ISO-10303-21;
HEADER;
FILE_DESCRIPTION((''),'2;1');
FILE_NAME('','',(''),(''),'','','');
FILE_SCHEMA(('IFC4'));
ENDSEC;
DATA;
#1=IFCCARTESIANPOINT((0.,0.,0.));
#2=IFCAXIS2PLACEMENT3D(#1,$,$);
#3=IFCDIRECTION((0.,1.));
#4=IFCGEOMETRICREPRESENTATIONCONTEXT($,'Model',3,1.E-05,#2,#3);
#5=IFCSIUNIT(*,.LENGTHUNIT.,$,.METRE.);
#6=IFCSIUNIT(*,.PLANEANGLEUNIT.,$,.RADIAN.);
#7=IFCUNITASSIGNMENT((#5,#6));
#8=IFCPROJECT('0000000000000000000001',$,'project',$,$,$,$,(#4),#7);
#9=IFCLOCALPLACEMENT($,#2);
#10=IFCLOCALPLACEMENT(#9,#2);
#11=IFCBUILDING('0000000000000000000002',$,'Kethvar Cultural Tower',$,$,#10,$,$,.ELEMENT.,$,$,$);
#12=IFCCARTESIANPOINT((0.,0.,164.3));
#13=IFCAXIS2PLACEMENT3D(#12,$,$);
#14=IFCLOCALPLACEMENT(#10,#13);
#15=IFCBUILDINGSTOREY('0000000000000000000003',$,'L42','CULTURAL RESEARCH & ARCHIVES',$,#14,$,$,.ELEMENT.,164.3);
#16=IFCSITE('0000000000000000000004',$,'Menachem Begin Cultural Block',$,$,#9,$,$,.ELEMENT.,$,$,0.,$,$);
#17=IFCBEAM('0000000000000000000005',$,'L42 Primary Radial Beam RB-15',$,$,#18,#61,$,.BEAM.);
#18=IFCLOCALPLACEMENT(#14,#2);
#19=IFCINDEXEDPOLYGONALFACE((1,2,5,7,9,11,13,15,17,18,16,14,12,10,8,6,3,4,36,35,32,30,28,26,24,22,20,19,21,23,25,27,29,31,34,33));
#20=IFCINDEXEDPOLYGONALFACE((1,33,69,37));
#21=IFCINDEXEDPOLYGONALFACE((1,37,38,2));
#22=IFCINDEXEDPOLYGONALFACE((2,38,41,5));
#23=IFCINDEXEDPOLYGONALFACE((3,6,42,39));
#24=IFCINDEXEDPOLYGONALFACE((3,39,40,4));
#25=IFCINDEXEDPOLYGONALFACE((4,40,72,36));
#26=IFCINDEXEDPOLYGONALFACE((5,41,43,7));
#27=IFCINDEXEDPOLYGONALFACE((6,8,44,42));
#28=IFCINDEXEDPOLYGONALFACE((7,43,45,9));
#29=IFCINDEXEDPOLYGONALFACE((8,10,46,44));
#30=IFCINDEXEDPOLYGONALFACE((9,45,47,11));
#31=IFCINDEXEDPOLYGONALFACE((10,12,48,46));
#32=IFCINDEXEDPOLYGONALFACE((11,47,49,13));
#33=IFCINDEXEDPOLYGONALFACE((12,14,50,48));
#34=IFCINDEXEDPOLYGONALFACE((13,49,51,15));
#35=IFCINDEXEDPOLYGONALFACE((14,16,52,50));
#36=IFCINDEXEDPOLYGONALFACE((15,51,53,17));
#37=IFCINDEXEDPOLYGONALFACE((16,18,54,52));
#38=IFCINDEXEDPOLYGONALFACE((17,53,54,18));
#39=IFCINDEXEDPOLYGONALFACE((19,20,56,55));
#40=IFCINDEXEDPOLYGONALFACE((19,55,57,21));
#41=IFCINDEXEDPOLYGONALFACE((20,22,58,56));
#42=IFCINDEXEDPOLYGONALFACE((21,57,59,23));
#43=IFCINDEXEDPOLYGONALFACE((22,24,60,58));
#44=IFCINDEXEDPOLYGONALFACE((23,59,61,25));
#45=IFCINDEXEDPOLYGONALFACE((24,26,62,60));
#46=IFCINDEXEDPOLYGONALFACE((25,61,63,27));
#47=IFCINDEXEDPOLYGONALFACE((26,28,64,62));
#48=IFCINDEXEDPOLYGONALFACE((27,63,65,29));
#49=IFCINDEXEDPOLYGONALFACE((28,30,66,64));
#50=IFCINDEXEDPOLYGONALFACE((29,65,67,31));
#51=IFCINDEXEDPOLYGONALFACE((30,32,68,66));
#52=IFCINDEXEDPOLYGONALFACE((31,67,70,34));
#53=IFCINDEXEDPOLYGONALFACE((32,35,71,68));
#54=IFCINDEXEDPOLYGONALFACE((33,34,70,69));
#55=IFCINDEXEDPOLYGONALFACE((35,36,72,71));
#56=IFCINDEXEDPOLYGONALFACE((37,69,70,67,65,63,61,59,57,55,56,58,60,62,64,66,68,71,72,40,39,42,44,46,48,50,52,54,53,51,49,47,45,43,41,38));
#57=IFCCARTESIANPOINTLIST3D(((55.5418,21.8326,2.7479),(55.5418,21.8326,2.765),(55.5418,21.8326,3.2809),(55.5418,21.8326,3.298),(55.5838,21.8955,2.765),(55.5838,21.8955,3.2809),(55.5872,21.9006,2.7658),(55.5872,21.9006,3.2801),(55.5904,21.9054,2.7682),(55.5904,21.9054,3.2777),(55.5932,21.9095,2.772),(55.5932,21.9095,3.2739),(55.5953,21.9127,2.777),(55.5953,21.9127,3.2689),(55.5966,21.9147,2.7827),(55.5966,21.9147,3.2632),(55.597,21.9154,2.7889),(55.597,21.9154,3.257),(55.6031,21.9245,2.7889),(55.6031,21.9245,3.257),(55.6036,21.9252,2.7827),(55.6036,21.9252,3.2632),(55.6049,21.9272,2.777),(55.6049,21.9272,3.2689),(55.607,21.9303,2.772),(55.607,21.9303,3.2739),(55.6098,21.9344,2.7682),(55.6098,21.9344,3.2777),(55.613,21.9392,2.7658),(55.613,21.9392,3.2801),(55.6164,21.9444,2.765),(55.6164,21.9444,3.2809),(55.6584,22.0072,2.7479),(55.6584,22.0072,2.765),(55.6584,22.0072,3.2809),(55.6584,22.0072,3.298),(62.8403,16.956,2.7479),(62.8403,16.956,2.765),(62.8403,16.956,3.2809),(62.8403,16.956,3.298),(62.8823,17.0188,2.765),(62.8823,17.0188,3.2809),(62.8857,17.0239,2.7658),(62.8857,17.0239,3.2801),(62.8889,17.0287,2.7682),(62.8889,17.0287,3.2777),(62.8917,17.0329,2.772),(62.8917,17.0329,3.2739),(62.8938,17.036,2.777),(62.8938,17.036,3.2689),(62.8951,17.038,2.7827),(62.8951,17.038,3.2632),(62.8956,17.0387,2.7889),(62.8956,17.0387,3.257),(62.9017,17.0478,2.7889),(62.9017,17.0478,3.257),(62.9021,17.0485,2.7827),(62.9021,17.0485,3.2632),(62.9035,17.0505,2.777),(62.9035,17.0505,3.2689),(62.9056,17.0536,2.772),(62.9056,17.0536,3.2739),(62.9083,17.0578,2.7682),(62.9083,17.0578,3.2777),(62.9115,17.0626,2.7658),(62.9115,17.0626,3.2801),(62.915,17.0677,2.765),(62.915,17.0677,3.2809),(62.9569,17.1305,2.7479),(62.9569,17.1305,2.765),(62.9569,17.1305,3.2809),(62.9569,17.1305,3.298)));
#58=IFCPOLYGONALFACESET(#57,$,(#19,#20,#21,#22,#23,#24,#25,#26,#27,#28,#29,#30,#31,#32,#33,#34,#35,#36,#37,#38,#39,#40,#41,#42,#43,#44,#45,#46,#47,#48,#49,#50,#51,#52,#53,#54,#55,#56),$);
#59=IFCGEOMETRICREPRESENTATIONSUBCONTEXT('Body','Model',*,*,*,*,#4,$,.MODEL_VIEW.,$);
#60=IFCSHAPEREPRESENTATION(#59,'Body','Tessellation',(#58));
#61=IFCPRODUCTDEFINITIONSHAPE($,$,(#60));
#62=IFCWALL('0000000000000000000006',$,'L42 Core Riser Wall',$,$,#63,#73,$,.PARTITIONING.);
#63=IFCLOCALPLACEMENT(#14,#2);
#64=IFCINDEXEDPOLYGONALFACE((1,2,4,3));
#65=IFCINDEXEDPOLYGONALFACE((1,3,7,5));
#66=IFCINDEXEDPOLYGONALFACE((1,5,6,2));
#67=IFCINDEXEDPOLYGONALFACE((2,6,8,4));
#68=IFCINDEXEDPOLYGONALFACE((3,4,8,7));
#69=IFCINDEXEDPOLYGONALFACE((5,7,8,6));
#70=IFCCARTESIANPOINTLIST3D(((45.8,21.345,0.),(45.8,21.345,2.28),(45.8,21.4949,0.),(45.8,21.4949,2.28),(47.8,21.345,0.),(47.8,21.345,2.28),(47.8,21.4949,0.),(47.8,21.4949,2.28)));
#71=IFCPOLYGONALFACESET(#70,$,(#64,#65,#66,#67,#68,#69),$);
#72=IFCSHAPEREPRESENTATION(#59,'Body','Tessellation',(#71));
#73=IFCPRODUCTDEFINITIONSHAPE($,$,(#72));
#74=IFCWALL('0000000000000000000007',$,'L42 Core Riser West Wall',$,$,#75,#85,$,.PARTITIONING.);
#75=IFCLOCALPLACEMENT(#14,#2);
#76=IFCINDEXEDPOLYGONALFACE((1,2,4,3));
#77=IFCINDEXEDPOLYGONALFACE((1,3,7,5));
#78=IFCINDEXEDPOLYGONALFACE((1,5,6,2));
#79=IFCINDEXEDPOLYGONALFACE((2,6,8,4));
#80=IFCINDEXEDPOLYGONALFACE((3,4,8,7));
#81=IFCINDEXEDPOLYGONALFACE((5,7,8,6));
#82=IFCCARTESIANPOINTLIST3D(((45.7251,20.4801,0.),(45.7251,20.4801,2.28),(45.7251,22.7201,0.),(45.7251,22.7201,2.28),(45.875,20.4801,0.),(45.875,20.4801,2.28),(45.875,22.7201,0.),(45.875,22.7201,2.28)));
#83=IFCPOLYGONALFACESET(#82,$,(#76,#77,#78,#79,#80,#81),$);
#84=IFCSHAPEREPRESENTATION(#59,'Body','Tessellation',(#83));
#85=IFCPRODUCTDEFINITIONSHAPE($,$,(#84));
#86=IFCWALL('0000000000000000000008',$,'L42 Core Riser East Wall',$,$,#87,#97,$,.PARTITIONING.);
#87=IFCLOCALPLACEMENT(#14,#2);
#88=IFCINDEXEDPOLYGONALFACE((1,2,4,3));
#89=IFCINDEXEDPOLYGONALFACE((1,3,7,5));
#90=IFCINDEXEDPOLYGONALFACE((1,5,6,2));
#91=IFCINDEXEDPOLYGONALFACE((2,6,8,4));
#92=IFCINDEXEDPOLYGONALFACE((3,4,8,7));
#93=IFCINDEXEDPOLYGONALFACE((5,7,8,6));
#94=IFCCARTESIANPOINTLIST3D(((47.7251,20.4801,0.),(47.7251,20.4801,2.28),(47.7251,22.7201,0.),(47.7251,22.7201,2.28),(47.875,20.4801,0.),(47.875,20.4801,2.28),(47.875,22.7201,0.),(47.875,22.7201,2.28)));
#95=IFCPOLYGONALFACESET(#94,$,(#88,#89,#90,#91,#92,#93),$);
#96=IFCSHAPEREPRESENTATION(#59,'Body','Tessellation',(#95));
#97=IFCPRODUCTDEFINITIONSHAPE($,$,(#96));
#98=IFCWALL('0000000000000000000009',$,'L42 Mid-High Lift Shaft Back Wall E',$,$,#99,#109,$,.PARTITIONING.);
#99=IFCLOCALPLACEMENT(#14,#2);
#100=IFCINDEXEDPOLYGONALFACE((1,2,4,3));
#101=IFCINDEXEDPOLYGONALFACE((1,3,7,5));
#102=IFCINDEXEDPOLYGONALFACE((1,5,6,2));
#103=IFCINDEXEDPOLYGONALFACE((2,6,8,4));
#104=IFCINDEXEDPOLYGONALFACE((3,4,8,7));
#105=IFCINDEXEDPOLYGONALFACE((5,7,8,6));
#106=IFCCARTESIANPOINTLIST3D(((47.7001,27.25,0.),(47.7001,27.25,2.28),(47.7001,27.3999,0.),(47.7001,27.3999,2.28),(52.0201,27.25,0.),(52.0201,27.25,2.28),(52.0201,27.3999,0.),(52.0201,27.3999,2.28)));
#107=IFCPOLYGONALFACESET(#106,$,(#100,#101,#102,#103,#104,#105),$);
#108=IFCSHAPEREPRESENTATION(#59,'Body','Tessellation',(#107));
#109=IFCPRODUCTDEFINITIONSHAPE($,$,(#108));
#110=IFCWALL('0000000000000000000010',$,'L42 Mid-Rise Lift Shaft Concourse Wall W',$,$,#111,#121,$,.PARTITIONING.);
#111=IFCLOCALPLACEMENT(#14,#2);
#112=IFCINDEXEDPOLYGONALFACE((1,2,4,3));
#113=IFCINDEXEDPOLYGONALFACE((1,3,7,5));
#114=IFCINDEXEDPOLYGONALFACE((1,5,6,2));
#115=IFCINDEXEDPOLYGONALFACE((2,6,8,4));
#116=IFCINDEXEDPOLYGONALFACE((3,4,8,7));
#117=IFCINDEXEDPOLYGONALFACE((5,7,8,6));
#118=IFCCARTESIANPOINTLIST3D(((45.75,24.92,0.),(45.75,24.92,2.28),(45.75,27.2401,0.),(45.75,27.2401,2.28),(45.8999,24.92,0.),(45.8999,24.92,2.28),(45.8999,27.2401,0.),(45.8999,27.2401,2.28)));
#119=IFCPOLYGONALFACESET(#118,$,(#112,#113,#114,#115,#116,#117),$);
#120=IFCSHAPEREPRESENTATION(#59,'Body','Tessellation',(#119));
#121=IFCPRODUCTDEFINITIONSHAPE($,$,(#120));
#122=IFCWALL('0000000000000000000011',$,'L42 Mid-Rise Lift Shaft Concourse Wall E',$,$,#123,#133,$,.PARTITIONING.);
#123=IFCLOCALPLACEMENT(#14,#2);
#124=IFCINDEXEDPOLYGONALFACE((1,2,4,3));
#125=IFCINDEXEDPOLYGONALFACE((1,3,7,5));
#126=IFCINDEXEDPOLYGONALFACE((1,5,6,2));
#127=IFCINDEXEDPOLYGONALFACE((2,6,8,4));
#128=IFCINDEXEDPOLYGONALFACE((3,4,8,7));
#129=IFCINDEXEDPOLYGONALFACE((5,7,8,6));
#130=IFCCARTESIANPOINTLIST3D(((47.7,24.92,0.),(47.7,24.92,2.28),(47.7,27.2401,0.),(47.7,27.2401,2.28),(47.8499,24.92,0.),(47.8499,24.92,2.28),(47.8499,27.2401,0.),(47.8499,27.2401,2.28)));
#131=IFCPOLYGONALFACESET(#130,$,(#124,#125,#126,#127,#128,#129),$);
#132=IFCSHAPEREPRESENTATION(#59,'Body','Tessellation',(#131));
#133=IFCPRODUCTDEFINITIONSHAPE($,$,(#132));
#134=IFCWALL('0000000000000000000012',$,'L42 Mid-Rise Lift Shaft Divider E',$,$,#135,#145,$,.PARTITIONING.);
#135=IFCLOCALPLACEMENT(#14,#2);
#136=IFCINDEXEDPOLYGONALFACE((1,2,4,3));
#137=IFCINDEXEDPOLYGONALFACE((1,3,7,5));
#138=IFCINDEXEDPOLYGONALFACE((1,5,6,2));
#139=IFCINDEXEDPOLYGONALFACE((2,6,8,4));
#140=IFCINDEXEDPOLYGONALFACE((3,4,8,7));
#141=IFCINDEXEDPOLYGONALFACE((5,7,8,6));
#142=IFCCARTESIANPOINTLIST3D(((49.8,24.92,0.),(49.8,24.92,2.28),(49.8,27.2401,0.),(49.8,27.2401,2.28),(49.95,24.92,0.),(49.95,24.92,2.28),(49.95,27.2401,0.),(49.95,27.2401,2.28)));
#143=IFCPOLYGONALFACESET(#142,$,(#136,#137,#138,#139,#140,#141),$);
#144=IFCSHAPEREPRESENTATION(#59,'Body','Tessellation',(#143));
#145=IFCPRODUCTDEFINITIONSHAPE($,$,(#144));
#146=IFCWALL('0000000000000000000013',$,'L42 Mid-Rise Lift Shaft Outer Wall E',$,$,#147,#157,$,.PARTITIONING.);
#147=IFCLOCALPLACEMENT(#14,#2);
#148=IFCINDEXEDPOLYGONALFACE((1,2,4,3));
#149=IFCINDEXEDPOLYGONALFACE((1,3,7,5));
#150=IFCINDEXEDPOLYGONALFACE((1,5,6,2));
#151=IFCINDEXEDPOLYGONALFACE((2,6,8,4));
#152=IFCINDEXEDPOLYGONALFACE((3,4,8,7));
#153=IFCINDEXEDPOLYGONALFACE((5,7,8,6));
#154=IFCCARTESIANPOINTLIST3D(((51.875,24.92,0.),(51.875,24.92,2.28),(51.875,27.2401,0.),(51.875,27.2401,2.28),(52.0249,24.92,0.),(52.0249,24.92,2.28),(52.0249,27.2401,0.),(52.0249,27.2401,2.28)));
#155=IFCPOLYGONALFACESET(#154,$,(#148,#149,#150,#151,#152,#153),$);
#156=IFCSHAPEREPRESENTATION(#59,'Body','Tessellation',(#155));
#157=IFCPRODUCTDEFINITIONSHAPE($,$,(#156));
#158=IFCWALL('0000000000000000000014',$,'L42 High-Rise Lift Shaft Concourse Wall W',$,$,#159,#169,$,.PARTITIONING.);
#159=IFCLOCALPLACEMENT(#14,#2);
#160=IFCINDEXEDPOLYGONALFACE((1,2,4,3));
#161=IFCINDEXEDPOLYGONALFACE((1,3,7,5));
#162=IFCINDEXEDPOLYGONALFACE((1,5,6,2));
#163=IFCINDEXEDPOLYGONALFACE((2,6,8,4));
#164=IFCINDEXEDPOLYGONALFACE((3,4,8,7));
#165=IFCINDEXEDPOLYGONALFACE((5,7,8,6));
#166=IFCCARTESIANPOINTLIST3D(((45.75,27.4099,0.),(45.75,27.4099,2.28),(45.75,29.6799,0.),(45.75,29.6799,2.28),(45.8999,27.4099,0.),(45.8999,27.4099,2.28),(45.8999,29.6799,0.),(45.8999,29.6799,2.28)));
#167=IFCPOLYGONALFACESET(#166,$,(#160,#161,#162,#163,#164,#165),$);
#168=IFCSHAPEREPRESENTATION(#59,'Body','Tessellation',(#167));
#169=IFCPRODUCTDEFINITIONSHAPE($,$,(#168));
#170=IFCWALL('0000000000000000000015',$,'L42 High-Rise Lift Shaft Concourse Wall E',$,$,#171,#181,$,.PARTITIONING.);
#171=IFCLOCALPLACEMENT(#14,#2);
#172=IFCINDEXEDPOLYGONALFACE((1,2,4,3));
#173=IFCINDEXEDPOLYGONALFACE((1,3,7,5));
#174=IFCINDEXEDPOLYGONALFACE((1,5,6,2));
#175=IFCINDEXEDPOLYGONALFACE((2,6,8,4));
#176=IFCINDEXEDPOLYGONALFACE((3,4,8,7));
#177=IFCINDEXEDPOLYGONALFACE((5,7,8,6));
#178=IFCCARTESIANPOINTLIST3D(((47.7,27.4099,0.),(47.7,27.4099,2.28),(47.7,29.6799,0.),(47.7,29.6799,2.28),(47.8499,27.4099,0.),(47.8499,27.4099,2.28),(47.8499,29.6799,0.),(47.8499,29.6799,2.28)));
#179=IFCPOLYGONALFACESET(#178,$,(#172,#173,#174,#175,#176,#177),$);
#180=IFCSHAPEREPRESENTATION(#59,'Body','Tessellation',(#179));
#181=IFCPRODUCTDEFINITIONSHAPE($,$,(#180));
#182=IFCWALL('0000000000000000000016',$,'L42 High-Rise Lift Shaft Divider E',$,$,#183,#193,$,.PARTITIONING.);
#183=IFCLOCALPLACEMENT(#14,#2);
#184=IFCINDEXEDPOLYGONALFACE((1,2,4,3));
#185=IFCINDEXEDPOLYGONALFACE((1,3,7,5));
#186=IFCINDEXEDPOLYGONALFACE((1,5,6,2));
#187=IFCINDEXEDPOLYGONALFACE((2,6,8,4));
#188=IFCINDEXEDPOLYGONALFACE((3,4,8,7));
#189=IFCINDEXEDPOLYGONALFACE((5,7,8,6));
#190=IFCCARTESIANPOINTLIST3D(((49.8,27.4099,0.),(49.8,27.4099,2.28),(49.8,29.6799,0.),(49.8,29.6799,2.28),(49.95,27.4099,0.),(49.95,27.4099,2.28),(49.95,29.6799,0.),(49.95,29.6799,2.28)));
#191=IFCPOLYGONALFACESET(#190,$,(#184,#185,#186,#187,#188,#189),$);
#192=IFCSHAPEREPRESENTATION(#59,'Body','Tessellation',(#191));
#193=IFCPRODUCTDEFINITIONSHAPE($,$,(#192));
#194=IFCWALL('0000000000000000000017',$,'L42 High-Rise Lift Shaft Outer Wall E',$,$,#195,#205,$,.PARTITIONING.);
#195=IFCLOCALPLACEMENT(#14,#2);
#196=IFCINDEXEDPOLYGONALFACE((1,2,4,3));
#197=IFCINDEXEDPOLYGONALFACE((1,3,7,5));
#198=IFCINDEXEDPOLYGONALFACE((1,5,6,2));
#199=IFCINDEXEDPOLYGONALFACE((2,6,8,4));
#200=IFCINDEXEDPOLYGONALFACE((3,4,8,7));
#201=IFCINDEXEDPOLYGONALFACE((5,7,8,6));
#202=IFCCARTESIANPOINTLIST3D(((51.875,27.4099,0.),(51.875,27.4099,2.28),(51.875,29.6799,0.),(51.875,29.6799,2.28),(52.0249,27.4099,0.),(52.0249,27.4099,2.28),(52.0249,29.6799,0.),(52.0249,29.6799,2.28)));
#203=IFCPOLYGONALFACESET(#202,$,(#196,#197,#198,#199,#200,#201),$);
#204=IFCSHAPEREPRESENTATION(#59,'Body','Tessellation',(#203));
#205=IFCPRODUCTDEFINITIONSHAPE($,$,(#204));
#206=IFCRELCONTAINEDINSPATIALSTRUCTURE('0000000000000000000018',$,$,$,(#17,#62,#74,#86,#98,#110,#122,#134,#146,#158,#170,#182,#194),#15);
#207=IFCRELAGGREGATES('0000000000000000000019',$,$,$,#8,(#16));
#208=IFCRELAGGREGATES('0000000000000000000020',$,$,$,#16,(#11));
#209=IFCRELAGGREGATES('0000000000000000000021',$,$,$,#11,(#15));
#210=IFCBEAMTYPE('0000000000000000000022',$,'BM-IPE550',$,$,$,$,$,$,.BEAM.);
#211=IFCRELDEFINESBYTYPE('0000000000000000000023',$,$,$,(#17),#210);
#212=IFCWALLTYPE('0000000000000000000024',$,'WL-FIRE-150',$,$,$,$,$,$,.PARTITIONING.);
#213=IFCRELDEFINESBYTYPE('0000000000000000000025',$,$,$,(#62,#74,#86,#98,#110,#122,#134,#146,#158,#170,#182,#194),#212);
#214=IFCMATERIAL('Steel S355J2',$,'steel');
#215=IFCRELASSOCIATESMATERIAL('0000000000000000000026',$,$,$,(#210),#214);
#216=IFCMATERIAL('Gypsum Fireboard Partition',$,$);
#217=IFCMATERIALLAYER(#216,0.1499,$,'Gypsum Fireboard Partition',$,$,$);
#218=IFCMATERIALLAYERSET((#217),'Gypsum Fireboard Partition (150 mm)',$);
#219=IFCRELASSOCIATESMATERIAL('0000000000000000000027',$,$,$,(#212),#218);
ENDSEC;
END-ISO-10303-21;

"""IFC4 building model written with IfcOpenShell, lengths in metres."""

from ifc_helpers import new_model, si_unit, direction, frame, frame_2d, origin, origin_2d, place, context, subcontext, project, spatial, rectangle, i_section, extrude, source, transform, mapped, material, layer, layer_set, material_profile, profile_set, type_object, element, save


model = new_model("IFC4")

# Units and contexts
model_context = context("Model", 3, precision=1e-05, world=origin(), true_north=direction((0.0, 1.0)))
body_context = subcontext(model_context, "Body", "Model", "MODEL_VIEW")
ifc_project = project(units=[si_unit("LENGTHUNIT", "METRE"), si_unit("PLANEANGLEUNIT", "RADIAN")], contexts=[model_context])

# Site, building, storey
site_placement = place(None, origin())
site = spatial("IfcSite", under=ifc_project, at=site_placement, Name="Menachem Begin Cultural Block", CompositionType="ELEMENT", RefElevation=0.0)
building_placement = place(site_placement, origin())
building = spatial("IfcBuilding", under=site, at=building_placement, Name="Kethvar Cultural Tower", CompositionType="ELEMENT")
storey_placement = place(building_placement, frame((0.0, 0.0, 164.3)))
storey = spatial("IfcBuildingStorey", under=building, at=storey_placement, Name="L42", Description="CULTURAL RESEARCH & ARCHIVES", CompositionType="ELEMENT", Elevation=164.3)

# Beam
ifc_material_1 = material(Name="Steel S355J2", Category="steel")
ifc_material_profile = material_profile(ifc_material_1, i_section(OverallWidth=0.21, OverallDepth=0.55, WebThickness=0.011, FlangeThickness=0.0171, FilletRadius=0.0239, at=origin_2d()), Name="Steel S355J2 — IPE550")
ifc_profile_set = profile_set([ifc_material_profile], Name="Steel S355J2 — IPE550")
beam_type = type_object("IfcBeamType", Name="BM-IPE550", PredefinedType="BEAM", material=ifc_profile_set)
shared_shape_1 = source(origin(), body_context, "Body", "SweptSolid", [
    extrude(i_section(OverallWidth=0.21, OverallDepth=0.55, WebThickness=0.011, FlangeThickness=0.0171, FilletRadius=0.0239, at=origin_2d()), origin(), (0.0, 0.0, 1.0), 8.7778),
])
beam_placement = place(storey_placement, frame((55.6001, 21.9199, 3.0229), z_axis=(0.831472, -0.555566, 0.0), x_axis=(0.555566, 0.831472, 0.0)))
element("IfcBeam", 1, at=beam_placement, inside=storey, type_object=beam_type, Name="L42 Primary Radial Beam RB-15", PredefinedType="BEAM", context=body_context, shape_type="MappedRepresentation", body=[
    mapped(shared_shape_1, transform((0.0, 0.0, 0.0), scale=1.0)),
])

# Walls
ifc_material_2 = material(Name="Gypsum Fireboard Partition")
ifc_layer_1 = layer(ifc_material_2, 0.1499, Name="Gypsum Fireboard Partition")
ifc_layer_set_1 = layer_set([ifc_layer_1], Name="Gypsum Fireboard Partition (150 mm)")
wall_type_1 = type_object("IfcWallType", Name="WL-FIRE-150", PredefinedType="PARTITIONING", material=ifc_layer_set_1)
wall_1_placement = place(storey_placement, frame((45.8, 21.4199, 0.0), z_axis=(0.0, 0.0, 1.0), x_axis=(1.0, 0.0, 0.0)))
element("IfcWall", 2, at=wall_1_placement, inside=storey, type_object=wall_type_1, Name="L42 Core Riser Wall", PredefinedType="PARTITIONING", context=body_context, shape_type="SweptSolid", body=[
    extrude(rectangle(XDim=2.0, YDim=0.1499, at=frame_2d((1.0, 0.0))), origin(), (0.0, 0.0, 1.0), 2.28),
])
for number, where, z_axis, x_axis, name in (
    (3, (45.8, 20.48, 0.0), (0.0, 0.0, 1.0), (0.0, 1.0, 0.0), "L42 Core Riser West Wall"),
    (4, (47.8, 20.48, 0.0), (0.0, 0.0, 1.0), (0.0, 1.0, 0.0), "L42 Core Riser East Wall"),
):
    element("IfcWall", number, at=place(storey_placement, frame(where, z_axis=z_axis, x_axis=x_axis)), inside=storey, type_object=wall_type_1, Name=name, PredefinedType="PARTITIONING", context=body_context, shape_type="SweptSolid", body=[
        extrude(rectangle(XDim=2.24, YDim=0.1499, at=frame_2d((1.1201, 0.0))), origin(), (0.0, 0.0, 1.0), 2.28),
    ])
wall_2_placement = place(storey_placement, frame((47.7, 27.325, 0.0), z_axis=(0.0, 0.0, 1.0), x_axis=(1.0, 0.0, 0.0)))
element("IfcWall", 5, at=wall_2_placement, inside=storey, type_object=wall_type_1, Name="L42 Mid-High Lift Shaft Back Wall E", PredefinedType="PARTITIONING", context=body_context, shape_type="SweptSolid", body=[
    extrude(rectangle(XDim=4.3201, YDim=0.1499, at=frame_2d((2.1602, 0.0))), origin(), (0.0, 0.0, 1.0), 2.28),
])
for number, where, z_axis, x_axis, name in (
    (6, (45.825, 24.9199, 0.0), (0.0, 0.0, 1.0), (0.0, 1.0, 0.0), "L42 Mid-Rise Lift Shaft Concourse Wall W"),
    (7, (47.7749, 24.9199, 0.0), (0.0, 0.0, 1.0), (0.0, 1.0, 0.0), "L42 Mid-Rise Lift Shaft Concourse Wall E"),
    (8, (49.875, 24.9199, 0.0), (0.0, 0.0, 1.0), (0.0, 1.0, 0.0), "L42 Mid-Rise Lift Shaft Divider E"),
    (9, (51.95, 24.9199, 0.0), (0.0, 0.0, 1.0), (0.0, 1.0, 0.0), "L42 Mid-Rise Lift Shaft Outer Wall E"),
):
    element("IfcWall", number, at=place(storey_placement, frame(where, z_axis=z_axis, x_axis=x_axis)), inside=storey, type_object=wall_type_1, Name=name, PredefinedType="PARTITIONING", context=body_context, shape_type="SweptSolid", body=[
        extrude(rectangle(XDim=2.3201, YDim=0.1499, at=frame_2d((1.1602, 0.0))), origin(), (0.0, 0.0, 1.0), 2.28),
    ])
for number, where, z_axis, x_axis, name in (
    (10, (45.825, 27.4099, 0.0), (0.0, 0.0, 1.0), (0.0, 1.0, 0.0), "L42 High-Rise Lift Shaft Concourse Wall W"),
    (11, (47.7749, 27.4099, 0.0), (0.0, 0.0, 1.0), (0.0, 1.0, 0.0), "L42 High-Rise Lift Shaft Concourse Wall E"),
    (12, (49.875, 27.4099, 0.0), (0.0, 0.0, 1.0), (0.0, 1.0, 0.0), "L42 High-Rise Lift Shaft Divider E"),
    (13, (51.95, 27.4099, 0.0), (0.0, 0.0, 1.0), (0.0, 1.0, 0.0), "L42 High-Rise Lift Shaft Outer Wall E"),
):
    element("IfcWall", number, at=place(storey_placement, frame(where, z_axis=z_axis, x_axis=x_axis)), inside=storey, type_object=wall_type_1, Name=name, PredefinedType="PARTITIONING", context=body_context, shape_type="SweptSolid", body=[
        extrude(rectangle(XDim=2.27, YDim=0.1499, at=frame_2d((1.135, 0.0))), origin(), (0.0, 0.0, 1.0), 2.28),
    ])

save(model, "model.ifc")
